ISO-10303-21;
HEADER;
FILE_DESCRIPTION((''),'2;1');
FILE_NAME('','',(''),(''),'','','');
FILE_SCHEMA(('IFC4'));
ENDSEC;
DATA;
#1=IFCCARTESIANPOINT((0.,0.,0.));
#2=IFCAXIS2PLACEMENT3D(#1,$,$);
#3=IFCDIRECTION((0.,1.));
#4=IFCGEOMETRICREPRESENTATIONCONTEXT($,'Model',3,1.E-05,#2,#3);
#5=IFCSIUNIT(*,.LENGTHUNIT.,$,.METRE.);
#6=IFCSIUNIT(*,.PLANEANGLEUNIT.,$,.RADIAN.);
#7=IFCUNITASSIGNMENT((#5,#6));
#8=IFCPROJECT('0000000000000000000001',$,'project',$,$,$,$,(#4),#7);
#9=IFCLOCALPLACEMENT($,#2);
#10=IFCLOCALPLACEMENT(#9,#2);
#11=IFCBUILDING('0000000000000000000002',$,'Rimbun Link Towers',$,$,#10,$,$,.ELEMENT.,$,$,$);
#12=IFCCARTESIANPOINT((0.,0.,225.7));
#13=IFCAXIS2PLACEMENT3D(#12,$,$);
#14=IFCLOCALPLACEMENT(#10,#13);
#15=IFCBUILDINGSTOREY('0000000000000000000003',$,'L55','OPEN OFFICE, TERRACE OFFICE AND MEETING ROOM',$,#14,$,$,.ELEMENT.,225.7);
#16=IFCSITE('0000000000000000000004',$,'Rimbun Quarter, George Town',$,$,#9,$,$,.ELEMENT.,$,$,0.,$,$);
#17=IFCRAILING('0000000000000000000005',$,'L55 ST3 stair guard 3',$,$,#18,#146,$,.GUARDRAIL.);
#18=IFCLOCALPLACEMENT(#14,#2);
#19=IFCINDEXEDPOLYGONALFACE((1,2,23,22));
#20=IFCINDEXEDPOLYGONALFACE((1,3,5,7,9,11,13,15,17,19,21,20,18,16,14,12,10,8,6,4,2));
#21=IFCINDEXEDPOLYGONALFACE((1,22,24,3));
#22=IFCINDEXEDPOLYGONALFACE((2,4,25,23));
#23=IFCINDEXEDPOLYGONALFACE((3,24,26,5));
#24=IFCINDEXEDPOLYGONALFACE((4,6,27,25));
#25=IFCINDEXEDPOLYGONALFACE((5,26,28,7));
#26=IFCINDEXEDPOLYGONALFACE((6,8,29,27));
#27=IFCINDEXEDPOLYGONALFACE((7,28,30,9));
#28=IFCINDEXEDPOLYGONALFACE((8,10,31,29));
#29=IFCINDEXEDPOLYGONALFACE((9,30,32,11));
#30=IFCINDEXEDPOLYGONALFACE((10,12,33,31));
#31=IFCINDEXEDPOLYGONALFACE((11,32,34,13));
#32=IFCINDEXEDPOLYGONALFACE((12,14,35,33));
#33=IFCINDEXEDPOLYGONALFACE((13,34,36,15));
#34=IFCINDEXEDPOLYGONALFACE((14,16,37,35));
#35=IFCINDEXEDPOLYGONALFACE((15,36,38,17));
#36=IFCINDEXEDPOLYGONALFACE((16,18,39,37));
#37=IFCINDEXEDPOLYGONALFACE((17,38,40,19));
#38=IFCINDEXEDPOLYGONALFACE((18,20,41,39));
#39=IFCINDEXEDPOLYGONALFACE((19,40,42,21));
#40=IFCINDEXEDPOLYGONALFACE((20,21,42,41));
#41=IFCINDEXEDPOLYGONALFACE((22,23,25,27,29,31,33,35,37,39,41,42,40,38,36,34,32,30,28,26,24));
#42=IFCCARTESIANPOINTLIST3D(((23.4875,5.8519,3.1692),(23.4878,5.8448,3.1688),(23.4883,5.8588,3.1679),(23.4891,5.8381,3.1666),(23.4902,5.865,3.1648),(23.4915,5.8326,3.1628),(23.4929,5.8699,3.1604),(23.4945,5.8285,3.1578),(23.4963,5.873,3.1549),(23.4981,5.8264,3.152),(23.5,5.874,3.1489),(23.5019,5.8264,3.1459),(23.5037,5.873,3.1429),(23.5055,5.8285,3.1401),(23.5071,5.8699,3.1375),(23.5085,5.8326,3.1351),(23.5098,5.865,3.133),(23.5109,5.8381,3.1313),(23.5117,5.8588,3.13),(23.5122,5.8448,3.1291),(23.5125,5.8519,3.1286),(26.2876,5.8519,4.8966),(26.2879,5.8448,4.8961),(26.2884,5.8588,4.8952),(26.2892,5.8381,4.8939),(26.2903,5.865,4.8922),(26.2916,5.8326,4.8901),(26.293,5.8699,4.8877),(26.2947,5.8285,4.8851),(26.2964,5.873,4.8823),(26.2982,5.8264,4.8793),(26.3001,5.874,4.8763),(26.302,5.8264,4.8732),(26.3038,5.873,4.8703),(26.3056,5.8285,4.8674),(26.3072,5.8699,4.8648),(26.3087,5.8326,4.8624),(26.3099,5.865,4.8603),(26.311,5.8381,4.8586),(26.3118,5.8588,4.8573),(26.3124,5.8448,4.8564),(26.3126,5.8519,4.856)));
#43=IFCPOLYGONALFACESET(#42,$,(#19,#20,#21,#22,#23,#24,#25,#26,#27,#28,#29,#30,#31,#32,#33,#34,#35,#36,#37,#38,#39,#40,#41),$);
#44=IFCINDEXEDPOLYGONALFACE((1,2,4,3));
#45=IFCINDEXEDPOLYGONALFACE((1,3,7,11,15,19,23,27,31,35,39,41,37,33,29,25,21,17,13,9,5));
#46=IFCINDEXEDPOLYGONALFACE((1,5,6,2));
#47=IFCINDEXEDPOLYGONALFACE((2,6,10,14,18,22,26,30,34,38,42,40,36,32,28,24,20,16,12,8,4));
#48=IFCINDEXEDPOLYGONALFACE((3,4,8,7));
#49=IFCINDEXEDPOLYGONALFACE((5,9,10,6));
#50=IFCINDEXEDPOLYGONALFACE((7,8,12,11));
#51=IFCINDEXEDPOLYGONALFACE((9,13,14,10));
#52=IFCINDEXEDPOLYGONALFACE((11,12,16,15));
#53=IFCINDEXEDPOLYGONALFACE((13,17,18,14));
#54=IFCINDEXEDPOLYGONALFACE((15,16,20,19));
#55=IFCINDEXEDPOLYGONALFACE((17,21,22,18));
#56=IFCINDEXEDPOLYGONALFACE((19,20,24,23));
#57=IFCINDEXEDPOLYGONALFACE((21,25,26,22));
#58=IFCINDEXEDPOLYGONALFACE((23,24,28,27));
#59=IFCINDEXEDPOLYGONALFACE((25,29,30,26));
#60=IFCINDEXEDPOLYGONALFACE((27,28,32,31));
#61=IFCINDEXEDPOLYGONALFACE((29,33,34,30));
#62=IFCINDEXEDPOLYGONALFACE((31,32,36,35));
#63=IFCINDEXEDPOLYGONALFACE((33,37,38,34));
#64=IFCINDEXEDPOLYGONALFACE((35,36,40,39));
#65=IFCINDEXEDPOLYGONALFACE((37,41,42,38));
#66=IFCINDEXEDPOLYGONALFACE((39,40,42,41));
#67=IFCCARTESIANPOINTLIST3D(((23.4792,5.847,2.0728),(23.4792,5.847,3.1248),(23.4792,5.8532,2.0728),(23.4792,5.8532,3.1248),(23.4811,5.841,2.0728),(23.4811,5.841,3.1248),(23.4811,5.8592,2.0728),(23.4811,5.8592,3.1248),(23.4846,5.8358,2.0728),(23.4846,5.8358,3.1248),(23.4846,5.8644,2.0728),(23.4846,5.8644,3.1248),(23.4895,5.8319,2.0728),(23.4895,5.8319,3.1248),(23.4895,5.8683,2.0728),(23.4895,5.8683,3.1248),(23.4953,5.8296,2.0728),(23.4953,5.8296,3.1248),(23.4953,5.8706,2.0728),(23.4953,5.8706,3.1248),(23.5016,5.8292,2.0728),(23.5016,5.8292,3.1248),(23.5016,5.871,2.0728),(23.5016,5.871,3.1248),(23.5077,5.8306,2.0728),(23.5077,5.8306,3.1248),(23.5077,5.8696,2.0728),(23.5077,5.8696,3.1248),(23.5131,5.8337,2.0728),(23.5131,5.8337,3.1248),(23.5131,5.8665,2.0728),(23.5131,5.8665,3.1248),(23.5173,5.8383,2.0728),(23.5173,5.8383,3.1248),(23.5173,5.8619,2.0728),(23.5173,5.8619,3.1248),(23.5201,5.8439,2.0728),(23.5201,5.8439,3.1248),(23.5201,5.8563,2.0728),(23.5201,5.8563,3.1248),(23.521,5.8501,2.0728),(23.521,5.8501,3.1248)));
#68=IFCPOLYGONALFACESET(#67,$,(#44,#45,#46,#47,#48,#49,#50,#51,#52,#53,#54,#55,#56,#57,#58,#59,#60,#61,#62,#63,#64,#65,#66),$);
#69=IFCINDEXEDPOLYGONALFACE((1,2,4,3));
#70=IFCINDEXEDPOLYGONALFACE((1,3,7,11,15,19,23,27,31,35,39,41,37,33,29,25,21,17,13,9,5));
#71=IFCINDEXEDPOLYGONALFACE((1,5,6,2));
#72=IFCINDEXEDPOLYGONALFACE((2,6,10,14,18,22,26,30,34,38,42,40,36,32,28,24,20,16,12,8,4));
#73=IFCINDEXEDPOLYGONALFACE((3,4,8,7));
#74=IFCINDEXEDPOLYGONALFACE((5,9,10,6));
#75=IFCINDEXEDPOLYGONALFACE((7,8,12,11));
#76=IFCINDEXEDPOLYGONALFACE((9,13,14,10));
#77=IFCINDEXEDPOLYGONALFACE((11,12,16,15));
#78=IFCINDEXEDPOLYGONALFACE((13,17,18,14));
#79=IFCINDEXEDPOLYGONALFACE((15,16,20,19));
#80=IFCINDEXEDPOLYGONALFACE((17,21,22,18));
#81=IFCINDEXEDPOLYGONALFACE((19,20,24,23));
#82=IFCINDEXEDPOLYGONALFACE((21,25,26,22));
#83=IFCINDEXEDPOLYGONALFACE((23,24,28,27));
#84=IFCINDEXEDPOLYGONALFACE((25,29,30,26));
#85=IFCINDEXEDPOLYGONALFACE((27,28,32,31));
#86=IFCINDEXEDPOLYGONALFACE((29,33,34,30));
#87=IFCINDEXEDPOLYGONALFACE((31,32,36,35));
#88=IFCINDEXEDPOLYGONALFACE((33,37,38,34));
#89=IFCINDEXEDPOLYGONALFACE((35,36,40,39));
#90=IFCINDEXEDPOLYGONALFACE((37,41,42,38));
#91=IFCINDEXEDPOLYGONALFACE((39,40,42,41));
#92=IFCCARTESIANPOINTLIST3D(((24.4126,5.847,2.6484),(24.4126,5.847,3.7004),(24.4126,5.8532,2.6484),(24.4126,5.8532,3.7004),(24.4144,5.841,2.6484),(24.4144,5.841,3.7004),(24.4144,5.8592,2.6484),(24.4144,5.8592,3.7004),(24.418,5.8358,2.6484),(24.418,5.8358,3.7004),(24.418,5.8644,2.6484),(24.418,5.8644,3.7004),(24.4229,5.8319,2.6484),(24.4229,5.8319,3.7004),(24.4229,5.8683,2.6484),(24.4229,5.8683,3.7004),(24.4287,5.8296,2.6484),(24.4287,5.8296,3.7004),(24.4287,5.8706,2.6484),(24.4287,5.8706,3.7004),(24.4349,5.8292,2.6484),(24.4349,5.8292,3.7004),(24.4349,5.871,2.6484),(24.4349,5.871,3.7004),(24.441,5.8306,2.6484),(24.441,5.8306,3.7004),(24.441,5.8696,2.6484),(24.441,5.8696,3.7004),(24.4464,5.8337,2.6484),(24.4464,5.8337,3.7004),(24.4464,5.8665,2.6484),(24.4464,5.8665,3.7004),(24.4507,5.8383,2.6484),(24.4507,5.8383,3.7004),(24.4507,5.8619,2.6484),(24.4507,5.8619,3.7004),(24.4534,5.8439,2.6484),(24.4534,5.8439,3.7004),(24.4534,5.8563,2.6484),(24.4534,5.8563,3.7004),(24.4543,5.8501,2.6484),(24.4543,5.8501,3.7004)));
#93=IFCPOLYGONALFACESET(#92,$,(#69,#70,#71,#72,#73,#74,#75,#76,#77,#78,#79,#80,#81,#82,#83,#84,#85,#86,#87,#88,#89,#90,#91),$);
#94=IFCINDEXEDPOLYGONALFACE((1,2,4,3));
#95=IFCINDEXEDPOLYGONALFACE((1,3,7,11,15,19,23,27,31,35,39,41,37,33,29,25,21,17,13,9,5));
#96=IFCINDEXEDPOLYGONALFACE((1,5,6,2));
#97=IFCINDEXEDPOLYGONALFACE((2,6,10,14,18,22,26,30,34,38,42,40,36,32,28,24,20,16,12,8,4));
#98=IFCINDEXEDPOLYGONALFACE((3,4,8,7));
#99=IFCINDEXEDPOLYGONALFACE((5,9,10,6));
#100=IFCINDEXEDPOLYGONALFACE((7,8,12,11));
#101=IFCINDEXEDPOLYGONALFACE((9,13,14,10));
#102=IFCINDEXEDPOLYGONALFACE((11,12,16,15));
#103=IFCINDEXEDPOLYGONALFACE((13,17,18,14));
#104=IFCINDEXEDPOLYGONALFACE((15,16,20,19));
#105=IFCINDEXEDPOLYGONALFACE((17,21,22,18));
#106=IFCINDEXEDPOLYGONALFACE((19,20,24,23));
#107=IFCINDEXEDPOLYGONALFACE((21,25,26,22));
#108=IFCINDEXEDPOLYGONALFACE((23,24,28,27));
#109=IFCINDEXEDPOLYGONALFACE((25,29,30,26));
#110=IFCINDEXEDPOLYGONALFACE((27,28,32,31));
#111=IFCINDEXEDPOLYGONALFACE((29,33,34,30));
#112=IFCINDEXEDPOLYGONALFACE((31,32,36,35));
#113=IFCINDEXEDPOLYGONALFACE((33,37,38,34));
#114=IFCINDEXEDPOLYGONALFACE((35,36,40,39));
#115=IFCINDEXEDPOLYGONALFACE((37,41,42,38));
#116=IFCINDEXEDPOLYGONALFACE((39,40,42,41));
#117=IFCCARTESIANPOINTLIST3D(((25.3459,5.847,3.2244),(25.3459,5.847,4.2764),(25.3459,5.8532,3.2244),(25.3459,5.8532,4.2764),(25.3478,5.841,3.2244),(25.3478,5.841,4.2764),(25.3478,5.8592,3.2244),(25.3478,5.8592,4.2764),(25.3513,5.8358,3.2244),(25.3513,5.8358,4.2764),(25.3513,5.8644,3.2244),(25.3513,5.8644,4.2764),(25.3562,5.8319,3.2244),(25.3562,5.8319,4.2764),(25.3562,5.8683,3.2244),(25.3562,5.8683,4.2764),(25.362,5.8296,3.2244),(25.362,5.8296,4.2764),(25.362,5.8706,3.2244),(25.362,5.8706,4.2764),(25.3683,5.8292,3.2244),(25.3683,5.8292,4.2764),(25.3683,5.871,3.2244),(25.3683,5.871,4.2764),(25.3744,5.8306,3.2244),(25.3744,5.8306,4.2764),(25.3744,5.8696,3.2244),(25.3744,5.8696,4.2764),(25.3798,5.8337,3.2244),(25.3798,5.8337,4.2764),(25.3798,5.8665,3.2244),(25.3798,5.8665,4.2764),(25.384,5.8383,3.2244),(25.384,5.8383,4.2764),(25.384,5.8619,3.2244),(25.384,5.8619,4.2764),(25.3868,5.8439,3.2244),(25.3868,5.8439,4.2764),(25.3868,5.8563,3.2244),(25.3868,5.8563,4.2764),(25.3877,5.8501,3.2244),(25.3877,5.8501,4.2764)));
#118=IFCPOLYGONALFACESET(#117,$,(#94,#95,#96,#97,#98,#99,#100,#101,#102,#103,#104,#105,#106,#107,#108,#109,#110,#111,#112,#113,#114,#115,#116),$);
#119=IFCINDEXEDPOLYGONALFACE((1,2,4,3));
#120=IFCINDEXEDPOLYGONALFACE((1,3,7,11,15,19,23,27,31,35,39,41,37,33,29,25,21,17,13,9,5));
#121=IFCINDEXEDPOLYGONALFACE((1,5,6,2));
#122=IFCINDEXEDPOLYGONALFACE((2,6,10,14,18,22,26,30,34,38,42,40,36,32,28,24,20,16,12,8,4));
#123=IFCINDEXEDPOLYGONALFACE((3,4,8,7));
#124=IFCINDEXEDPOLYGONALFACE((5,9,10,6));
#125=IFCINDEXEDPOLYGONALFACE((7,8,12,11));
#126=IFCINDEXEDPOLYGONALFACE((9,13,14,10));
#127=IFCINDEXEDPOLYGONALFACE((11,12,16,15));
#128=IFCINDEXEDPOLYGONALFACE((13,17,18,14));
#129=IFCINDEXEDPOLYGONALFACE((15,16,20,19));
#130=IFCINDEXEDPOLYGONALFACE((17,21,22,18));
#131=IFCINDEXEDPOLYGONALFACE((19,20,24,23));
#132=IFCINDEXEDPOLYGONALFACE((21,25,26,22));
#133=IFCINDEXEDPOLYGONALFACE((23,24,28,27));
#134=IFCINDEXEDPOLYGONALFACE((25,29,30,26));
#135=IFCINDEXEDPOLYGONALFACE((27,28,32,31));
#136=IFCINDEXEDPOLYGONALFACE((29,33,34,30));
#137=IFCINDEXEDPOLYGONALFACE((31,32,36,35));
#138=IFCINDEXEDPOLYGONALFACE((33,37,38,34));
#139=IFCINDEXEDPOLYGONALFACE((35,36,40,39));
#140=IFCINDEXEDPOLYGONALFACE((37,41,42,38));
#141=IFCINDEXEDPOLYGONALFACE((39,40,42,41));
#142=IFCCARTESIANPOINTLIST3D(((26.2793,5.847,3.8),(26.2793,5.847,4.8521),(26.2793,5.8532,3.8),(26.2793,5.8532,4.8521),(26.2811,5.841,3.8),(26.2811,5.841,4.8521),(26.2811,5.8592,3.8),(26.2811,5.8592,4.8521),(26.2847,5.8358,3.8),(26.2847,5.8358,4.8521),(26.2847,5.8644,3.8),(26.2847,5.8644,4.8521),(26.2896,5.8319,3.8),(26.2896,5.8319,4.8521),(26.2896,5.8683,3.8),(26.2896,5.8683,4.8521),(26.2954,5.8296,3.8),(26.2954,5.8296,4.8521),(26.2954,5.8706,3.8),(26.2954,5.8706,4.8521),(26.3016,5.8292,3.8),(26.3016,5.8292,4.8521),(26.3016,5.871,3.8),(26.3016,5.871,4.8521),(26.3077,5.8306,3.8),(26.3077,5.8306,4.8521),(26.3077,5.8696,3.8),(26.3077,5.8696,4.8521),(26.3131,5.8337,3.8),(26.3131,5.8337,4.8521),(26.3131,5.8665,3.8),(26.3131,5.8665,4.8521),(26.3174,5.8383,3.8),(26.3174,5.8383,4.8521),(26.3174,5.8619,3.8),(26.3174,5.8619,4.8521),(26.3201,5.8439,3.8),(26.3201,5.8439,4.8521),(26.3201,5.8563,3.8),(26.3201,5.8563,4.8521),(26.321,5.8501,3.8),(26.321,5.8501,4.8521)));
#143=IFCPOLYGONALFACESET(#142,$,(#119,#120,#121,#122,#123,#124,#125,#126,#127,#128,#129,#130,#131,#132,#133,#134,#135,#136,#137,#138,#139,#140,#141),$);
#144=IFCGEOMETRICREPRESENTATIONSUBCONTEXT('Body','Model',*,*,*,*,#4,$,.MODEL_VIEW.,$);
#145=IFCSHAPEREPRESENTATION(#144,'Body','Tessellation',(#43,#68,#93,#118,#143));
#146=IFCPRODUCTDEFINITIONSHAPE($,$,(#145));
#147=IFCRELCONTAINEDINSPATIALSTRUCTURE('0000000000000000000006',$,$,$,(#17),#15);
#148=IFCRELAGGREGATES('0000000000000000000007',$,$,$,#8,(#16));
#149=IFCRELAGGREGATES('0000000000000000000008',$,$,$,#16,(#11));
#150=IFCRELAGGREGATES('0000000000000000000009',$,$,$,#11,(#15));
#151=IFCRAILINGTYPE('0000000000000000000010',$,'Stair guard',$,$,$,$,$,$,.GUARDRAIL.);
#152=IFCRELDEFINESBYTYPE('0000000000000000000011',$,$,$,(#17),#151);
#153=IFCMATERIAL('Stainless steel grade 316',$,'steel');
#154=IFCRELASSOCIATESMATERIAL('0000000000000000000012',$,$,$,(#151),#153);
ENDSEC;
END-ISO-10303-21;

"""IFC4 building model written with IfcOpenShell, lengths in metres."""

from ifc_helpers import new_model, si_unit, direction, frame, origin, origin_2d, place, context, subcontext, project, spatial, circle, extrude, material, type_object, element, save


model = new_model("IFC4")

# Units and contexts
model_context = context("Model", 3, precision=1e-05, world=origin(), true_north=direction((0.0, 1.0)))
body_context = subcontext(model_context, "Body", "Model", "MODEL_VIEW")
ifc_project = project(units=[si_unit("LENGTHUNIT", "METRE"), si_unit("PLANEANGLEUNIT", "RADIAN")], contexts=[model_context])

# Site, building, storey
site_placement = place(None, origin())
site = spatial("IfcSite", under=ifc_project, at=site_placement, Name="Rimbun Quarter, George Town", CompositionType="ELEMENT", RefElevation=0.0)
building_placement = place(site_placement, origin())
building = spatial("IfcBuilding", under=site, at=building_placement, Name="Rimbun Link Towers", CompositionType="ELEMENT")
storey_placement = place(building_placement, frame((0.0, 0.0, 225.7)))
storey = spatial("IfcBuildingStorey", under=building, at=storey_placement, Name="L55", Description="OPEN OFFICE, TERRACE OFFICE AND MEETING ROOM", CompositionType="ELEMENT", Elevation=225.7)

# Railing
ifc_material_1 = material(Name="Stainless steel grade 316", Category="steel")
railing_type_1 = type_object("IfcRailingType", Name="Stair guard", PredefinedType="GUARDRAIL", material=ifc_material_1)
railing_1_placement = place(storey_placement, frame((23.5, 5.8501, 2.0728)))
element("IfcRailing", 1, at=railing_1_placement, inside=storey, type_object=railing_type_1, Name="L55 ST3 stair guard 3", PredefinedType="GUARDRAIL", context=body_context, shape_type="SweptSolid", body=[
    extrude(circle(Radius=0.0239, at=origin_2d()), frame((0.0, 0.0, 1.0762), z_axis=(0.85109, 0.0, 0.52502), x_axis=(0.0, 1.0, 0.0)), (0.0, 0.0, 1.0), 3.29),
    extrude(circle(Radius=0.021, at=origin_2d()), origin(), (0.0, 0.0, 1.0), 1.052),
    extrude(circle(Radius=0.021, at=origin_2d()), frame((0.9333, 0.0, 0.5757)), (0.0, 0.0, 1.0), 1.052),
    extrude(circle(Radius=0.021, at=origin_2d()), frame((1.8667, 0.0, 1.1516)), (0.0, 0.0, 1.0), 1.052),
    extrude(circle(Radius=0.021, at=origin_2d()), frame((2.8, 0.0, 1.7273)), (0.0, 0.0, 1.0), 1.052),
])

save(model, "model.ifc")
